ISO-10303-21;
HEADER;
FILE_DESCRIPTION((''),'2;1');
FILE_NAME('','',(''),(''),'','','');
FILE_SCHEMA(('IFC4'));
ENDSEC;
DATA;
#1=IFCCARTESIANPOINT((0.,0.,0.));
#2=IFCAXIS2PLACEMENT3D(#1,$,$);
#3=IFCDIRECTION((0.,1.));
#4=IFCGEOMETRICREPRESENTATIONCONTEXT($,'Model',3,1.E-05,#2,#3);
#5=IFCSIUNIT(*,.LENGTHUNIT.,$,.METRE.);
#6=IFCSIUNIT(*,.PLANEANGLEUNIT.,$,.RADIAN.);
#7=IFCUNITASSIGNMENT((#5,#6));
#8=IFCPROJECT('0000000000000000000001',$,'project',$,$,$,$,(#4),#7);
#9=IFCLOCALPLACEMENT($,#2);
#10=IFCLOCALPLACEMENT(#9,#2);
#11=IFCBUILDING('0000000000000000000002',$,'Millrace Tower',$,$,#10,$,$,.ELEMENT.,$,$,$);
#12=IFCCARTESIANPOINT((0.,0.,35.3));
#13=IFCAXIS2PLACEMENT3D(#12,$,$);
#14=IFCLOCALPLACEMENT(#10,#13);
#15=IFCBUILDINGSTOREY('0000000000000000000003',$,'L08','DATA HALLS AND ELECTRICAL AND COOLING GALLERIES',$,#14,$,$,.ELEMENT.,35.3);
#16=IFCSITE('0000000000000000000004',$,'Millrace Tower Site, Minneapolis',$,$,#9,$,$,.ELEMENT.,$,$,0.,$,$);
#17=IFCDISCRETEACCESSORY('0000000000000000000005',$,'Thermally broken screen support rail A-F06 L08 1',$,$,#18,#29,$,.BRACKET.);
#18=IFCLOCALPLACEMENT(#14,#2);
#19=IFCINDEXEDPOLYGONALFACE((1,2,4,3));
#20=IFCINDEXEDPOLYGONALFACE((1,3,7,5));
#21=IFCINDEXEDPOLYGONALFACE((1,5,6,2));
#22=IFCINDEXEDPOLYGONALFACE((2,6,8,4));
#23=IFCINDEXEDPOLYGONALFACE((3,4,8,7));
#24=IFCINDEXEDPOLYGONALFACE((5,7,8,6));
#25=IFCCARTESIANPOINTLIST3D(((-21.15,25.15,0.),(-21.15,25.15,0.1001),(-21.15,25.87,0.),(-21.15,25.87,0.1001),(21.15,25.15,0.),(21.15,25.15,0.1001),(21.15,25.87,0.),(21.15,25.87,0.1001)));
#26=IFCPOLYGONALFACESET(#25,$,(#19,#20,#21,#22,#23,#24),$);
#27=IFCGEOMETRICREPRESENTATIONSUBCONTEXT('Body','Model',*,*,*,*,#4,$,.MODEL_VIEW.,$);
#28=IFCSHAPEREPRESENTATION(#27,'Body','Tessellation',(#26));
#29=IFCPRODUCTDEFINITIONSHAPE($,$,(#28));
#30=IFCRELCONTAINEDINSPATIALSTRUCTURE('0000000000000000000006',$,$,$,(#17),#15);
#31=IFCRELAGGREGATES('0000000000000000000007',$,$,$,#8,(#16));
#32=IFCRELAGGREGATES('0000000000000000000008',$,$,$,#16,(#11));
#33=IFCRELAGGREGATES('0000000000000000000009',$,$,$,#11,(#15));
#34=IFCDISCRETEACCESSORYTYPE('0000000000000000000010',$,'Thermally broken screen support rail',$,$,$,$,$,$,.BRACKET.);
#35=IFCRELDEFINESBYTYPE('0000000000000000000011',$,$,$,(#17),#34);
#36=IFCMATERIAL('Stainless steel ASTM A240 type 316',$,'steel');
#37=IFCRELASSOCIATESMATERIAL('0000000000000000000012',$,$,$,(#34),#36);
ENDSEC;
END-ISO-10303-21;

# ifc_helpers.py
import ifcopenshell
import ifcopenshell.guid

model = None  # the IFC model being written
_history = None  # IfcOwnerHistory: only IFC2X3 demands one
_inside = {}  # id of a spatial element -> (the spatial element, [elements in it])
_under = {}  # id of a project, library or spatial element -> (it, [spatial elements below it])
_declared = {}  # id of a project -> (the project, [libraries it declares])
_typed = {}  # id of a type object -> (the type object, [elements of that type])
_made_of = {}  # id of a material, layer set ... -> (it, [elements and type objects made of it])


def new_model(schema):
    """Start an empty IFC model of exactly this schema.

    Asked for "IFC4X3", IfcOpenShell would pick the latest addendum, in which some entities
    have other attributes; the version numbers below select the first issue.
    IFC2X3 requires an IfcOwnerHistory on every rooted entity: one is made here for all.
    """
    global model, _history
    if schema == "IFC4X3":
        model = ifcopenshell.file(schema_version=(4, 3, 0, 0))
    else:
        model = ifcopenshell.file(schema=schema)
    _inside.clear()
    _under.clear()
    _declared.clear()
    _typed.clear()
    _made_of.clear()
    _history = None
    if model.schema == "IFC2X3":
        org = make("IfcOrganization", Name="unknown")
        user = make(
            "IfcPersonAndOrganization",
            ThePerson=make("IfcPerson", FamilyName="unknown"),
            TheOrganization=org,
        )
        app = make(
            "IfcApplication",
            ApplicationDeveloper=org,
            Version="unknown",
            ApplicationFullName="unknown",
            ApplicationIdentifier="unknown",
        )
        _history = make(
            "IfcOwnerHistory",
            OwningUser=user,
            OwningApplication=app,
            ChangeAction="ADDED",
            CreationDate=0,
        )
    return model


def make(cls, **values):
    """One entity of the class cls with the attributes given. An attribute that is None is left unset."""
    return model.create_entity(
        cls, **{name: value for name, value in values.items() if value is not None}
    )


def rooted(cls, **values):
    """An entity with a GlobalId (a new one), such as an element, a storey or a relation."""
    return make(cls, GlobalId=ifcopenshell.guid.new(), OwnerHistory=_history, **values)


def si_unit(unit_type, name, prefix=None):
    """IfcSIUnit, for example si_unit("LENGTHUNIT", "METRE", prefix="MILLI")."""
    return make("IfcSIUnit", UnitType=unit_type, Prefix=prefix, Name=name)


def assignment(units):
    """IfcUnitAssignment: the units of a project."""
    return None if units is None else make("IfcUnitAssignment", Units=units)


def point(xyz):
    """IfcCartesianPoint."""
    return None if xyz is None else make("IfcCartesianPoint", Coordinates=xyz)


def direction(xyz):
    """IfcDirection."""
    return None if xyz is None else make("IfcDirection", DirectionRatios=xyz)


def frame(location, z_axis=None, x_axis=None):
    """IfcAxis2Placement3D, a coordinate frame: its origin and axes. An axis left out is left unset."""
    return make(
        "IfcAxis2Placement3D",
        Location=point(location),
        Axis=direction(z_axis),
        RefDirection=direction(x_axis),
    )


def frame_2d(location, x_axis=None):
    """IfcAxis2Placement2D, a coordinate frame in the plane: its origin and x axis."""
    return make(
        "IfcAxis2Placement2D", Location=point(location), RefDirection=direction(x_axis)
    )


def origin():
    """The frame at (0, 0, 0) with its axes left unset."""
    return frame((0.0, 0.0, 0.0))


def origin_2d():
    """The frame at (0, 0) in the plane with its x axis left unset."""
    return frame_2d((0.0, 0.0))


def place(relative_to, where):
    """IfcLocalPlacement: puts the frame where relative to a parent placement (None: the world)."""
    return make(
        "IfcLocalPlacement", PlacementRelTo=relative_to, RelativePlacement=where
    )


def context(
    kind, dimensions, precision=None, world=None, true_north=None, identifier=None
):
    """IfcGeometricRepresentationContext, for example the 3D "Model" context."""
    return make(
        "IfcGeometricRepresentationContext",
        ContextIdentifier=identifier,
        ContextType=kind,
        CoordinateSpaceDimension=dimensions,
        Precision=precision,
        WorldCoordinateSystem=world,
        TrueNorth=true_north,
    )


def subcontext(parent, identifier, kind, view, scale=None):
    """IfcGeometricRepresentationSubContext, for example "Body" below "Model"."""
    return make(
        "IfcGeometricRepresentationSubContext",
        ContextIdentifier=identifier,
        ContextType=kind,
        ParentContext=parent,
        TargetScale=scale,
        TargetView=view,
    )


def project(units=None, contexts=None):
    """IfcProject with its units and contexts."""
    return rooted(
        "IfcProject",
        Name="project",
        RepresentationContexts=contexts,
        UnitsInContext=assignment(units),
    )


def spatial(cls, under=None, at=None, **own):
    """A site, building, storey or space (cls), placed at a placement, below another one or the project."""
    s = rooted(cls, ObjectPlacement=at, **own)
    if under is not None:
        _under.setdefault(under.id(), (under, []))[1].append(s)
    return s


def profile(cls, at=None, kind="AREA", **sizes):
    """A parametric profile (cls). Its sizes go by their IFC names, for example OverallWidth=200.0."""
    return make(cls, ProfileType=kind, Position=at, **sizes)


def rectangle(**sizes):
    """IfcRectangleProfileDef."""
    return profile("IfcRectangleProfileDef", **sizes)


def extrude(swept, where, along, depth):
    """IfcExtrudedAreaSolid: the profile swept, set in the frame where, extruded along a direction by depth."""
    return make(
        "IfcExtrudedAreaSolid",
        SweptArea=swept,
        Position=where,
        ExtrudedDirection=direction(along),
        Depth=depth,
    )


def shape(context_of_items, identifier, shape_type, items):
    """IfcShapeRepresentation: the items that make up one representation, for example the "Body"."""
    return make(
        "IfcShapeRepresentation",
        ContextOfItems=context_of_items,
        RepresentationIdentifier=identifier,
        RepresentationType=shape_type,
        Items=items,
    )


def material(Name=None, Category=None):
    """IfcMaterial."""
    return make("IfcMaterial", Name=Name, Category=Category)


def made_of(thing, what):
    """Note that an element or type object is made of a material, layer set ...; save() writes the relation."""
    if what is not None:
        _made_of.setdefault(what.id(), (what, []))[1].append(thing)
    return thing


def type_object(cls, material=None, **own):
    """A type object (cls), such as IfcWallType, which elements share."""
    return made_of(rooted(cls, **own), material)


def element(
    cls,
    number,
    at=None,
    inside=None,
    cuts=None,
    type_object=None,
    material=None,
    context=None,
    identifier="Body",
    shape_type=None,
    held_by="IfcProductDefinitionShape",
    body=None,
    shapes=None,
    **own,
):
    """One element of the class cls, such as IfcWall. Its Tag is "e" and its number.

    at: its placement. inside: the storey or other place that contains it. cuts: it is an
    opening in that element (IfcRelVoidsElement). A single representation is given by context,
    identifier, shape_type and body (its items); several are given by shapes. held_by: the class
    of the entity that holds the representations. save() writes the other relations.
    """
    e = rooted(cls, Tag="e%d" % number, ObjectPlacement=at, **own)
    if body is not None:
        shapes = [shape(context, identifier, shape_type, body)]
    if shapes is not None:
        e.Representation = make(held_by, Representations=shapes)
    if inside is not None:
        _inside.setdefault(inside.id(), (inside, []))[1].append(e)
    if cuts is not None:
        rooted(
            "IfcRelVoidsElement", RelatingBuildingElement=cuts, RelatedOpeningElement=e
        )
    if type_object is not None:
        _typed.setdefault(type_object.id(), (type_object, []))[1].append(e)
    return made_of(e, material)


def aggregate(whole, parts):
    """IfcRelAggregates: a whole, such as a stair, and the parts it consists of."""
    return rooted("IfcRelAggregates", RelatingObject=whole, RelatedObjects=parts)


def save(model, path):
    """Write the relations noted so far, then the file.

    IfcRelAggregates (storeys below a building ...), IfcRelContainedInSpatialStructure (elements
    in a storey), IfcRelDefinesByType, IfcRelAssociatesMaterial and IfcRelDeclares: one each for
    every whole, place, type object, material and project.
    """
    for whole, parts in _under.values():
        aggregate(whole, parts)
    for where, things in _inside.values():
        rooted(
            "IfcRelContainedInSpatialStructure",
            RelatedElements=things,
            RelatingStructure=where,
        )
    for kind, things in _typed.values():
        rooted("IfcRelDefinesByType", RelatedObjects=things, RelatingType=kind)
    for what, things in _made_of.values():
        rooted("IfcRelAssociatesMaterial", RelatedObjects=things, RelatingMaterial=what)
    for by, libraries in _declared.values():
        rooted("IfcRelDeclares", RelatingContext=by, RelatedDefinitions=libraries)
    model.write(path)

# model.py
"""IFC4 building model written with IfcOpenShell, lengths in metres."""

from ifc_helpers import new_model, si_unit, direction, frame, origin, origin_2d, place, context, subcontext, project, spatial, rectangle, extrude, material, type_object, element, save


model = new_model("IFC4")

# Units and contexts
model_context = context("Model", 3, precision=1e-05, world=origin(), true_north=direction((0.0, 1.0)))
body_context = subcontext(model_context, "Body", "Model", "MODEL_VIEW")
ifc_project = project(units=[si_unit("LENGTHUNIT", "METRE"), si_unit("PLANEANGLEUNIT", "RADIAN")], contexts=[model_context])

# Site, building, storey
site_placement = place(None, origin())
site = spatial("IfcSite", under=ifc_project, at=site_placement, Name="Millrace Tower Site, Minneapolis", CompositionType="ELEMENT", RefElevation=0.0)
building_placement = place(site_placement, origin())
building = spatial("IfcBuilding", under=site, at=building_placement, Name="Millrace Tower", CompositionType="ELEMENT")
storey_placement = place(building_placement, frame((0.0, 0.0, 35.3)))
storey = spatial("IfcBuildingStorey", under=building, at=storey_placement, Name="L08", Description="DATA HALLS AND ELECTRICAL AND COOLING GALLERIES", CompositionType="ELEMENT", Elevation=35.3)

# Discrete accessory
ifc_material_1 = material(Name="Stainless steel ASTM A240 type 316", Category="steel")
discrete_accessory_type = type_object("IfcDiscreteAccessoryType", Name="Thermally broken screen support rail", PredefinedType="BRACKET", material=ifc_material_1)
discrete_accessory_placement = place(storey_placement, frame((0.0, 25.51, 0.0), z_axis=(0.0, 0.0, 1.0), x_axis=(-1.0, 0.0, 0.0)))
element("IfcDiscreteAccessory", 1, at=discrete_accessory_placement, inside=storey, type_object=discrete_accessory_type, Name="Thermally broken screen support rail A-F06 L08 1", PredefinedType="BRACKET", context=body_context, shape_type="SweptSolid", body=[
    extrude(rectangle(XDim=42.3, YDim=0.72, at=origin_2d()), origin(), (0.0, 0.0, 1.0), 0.1001),
])

save(model, "model.ifc")
